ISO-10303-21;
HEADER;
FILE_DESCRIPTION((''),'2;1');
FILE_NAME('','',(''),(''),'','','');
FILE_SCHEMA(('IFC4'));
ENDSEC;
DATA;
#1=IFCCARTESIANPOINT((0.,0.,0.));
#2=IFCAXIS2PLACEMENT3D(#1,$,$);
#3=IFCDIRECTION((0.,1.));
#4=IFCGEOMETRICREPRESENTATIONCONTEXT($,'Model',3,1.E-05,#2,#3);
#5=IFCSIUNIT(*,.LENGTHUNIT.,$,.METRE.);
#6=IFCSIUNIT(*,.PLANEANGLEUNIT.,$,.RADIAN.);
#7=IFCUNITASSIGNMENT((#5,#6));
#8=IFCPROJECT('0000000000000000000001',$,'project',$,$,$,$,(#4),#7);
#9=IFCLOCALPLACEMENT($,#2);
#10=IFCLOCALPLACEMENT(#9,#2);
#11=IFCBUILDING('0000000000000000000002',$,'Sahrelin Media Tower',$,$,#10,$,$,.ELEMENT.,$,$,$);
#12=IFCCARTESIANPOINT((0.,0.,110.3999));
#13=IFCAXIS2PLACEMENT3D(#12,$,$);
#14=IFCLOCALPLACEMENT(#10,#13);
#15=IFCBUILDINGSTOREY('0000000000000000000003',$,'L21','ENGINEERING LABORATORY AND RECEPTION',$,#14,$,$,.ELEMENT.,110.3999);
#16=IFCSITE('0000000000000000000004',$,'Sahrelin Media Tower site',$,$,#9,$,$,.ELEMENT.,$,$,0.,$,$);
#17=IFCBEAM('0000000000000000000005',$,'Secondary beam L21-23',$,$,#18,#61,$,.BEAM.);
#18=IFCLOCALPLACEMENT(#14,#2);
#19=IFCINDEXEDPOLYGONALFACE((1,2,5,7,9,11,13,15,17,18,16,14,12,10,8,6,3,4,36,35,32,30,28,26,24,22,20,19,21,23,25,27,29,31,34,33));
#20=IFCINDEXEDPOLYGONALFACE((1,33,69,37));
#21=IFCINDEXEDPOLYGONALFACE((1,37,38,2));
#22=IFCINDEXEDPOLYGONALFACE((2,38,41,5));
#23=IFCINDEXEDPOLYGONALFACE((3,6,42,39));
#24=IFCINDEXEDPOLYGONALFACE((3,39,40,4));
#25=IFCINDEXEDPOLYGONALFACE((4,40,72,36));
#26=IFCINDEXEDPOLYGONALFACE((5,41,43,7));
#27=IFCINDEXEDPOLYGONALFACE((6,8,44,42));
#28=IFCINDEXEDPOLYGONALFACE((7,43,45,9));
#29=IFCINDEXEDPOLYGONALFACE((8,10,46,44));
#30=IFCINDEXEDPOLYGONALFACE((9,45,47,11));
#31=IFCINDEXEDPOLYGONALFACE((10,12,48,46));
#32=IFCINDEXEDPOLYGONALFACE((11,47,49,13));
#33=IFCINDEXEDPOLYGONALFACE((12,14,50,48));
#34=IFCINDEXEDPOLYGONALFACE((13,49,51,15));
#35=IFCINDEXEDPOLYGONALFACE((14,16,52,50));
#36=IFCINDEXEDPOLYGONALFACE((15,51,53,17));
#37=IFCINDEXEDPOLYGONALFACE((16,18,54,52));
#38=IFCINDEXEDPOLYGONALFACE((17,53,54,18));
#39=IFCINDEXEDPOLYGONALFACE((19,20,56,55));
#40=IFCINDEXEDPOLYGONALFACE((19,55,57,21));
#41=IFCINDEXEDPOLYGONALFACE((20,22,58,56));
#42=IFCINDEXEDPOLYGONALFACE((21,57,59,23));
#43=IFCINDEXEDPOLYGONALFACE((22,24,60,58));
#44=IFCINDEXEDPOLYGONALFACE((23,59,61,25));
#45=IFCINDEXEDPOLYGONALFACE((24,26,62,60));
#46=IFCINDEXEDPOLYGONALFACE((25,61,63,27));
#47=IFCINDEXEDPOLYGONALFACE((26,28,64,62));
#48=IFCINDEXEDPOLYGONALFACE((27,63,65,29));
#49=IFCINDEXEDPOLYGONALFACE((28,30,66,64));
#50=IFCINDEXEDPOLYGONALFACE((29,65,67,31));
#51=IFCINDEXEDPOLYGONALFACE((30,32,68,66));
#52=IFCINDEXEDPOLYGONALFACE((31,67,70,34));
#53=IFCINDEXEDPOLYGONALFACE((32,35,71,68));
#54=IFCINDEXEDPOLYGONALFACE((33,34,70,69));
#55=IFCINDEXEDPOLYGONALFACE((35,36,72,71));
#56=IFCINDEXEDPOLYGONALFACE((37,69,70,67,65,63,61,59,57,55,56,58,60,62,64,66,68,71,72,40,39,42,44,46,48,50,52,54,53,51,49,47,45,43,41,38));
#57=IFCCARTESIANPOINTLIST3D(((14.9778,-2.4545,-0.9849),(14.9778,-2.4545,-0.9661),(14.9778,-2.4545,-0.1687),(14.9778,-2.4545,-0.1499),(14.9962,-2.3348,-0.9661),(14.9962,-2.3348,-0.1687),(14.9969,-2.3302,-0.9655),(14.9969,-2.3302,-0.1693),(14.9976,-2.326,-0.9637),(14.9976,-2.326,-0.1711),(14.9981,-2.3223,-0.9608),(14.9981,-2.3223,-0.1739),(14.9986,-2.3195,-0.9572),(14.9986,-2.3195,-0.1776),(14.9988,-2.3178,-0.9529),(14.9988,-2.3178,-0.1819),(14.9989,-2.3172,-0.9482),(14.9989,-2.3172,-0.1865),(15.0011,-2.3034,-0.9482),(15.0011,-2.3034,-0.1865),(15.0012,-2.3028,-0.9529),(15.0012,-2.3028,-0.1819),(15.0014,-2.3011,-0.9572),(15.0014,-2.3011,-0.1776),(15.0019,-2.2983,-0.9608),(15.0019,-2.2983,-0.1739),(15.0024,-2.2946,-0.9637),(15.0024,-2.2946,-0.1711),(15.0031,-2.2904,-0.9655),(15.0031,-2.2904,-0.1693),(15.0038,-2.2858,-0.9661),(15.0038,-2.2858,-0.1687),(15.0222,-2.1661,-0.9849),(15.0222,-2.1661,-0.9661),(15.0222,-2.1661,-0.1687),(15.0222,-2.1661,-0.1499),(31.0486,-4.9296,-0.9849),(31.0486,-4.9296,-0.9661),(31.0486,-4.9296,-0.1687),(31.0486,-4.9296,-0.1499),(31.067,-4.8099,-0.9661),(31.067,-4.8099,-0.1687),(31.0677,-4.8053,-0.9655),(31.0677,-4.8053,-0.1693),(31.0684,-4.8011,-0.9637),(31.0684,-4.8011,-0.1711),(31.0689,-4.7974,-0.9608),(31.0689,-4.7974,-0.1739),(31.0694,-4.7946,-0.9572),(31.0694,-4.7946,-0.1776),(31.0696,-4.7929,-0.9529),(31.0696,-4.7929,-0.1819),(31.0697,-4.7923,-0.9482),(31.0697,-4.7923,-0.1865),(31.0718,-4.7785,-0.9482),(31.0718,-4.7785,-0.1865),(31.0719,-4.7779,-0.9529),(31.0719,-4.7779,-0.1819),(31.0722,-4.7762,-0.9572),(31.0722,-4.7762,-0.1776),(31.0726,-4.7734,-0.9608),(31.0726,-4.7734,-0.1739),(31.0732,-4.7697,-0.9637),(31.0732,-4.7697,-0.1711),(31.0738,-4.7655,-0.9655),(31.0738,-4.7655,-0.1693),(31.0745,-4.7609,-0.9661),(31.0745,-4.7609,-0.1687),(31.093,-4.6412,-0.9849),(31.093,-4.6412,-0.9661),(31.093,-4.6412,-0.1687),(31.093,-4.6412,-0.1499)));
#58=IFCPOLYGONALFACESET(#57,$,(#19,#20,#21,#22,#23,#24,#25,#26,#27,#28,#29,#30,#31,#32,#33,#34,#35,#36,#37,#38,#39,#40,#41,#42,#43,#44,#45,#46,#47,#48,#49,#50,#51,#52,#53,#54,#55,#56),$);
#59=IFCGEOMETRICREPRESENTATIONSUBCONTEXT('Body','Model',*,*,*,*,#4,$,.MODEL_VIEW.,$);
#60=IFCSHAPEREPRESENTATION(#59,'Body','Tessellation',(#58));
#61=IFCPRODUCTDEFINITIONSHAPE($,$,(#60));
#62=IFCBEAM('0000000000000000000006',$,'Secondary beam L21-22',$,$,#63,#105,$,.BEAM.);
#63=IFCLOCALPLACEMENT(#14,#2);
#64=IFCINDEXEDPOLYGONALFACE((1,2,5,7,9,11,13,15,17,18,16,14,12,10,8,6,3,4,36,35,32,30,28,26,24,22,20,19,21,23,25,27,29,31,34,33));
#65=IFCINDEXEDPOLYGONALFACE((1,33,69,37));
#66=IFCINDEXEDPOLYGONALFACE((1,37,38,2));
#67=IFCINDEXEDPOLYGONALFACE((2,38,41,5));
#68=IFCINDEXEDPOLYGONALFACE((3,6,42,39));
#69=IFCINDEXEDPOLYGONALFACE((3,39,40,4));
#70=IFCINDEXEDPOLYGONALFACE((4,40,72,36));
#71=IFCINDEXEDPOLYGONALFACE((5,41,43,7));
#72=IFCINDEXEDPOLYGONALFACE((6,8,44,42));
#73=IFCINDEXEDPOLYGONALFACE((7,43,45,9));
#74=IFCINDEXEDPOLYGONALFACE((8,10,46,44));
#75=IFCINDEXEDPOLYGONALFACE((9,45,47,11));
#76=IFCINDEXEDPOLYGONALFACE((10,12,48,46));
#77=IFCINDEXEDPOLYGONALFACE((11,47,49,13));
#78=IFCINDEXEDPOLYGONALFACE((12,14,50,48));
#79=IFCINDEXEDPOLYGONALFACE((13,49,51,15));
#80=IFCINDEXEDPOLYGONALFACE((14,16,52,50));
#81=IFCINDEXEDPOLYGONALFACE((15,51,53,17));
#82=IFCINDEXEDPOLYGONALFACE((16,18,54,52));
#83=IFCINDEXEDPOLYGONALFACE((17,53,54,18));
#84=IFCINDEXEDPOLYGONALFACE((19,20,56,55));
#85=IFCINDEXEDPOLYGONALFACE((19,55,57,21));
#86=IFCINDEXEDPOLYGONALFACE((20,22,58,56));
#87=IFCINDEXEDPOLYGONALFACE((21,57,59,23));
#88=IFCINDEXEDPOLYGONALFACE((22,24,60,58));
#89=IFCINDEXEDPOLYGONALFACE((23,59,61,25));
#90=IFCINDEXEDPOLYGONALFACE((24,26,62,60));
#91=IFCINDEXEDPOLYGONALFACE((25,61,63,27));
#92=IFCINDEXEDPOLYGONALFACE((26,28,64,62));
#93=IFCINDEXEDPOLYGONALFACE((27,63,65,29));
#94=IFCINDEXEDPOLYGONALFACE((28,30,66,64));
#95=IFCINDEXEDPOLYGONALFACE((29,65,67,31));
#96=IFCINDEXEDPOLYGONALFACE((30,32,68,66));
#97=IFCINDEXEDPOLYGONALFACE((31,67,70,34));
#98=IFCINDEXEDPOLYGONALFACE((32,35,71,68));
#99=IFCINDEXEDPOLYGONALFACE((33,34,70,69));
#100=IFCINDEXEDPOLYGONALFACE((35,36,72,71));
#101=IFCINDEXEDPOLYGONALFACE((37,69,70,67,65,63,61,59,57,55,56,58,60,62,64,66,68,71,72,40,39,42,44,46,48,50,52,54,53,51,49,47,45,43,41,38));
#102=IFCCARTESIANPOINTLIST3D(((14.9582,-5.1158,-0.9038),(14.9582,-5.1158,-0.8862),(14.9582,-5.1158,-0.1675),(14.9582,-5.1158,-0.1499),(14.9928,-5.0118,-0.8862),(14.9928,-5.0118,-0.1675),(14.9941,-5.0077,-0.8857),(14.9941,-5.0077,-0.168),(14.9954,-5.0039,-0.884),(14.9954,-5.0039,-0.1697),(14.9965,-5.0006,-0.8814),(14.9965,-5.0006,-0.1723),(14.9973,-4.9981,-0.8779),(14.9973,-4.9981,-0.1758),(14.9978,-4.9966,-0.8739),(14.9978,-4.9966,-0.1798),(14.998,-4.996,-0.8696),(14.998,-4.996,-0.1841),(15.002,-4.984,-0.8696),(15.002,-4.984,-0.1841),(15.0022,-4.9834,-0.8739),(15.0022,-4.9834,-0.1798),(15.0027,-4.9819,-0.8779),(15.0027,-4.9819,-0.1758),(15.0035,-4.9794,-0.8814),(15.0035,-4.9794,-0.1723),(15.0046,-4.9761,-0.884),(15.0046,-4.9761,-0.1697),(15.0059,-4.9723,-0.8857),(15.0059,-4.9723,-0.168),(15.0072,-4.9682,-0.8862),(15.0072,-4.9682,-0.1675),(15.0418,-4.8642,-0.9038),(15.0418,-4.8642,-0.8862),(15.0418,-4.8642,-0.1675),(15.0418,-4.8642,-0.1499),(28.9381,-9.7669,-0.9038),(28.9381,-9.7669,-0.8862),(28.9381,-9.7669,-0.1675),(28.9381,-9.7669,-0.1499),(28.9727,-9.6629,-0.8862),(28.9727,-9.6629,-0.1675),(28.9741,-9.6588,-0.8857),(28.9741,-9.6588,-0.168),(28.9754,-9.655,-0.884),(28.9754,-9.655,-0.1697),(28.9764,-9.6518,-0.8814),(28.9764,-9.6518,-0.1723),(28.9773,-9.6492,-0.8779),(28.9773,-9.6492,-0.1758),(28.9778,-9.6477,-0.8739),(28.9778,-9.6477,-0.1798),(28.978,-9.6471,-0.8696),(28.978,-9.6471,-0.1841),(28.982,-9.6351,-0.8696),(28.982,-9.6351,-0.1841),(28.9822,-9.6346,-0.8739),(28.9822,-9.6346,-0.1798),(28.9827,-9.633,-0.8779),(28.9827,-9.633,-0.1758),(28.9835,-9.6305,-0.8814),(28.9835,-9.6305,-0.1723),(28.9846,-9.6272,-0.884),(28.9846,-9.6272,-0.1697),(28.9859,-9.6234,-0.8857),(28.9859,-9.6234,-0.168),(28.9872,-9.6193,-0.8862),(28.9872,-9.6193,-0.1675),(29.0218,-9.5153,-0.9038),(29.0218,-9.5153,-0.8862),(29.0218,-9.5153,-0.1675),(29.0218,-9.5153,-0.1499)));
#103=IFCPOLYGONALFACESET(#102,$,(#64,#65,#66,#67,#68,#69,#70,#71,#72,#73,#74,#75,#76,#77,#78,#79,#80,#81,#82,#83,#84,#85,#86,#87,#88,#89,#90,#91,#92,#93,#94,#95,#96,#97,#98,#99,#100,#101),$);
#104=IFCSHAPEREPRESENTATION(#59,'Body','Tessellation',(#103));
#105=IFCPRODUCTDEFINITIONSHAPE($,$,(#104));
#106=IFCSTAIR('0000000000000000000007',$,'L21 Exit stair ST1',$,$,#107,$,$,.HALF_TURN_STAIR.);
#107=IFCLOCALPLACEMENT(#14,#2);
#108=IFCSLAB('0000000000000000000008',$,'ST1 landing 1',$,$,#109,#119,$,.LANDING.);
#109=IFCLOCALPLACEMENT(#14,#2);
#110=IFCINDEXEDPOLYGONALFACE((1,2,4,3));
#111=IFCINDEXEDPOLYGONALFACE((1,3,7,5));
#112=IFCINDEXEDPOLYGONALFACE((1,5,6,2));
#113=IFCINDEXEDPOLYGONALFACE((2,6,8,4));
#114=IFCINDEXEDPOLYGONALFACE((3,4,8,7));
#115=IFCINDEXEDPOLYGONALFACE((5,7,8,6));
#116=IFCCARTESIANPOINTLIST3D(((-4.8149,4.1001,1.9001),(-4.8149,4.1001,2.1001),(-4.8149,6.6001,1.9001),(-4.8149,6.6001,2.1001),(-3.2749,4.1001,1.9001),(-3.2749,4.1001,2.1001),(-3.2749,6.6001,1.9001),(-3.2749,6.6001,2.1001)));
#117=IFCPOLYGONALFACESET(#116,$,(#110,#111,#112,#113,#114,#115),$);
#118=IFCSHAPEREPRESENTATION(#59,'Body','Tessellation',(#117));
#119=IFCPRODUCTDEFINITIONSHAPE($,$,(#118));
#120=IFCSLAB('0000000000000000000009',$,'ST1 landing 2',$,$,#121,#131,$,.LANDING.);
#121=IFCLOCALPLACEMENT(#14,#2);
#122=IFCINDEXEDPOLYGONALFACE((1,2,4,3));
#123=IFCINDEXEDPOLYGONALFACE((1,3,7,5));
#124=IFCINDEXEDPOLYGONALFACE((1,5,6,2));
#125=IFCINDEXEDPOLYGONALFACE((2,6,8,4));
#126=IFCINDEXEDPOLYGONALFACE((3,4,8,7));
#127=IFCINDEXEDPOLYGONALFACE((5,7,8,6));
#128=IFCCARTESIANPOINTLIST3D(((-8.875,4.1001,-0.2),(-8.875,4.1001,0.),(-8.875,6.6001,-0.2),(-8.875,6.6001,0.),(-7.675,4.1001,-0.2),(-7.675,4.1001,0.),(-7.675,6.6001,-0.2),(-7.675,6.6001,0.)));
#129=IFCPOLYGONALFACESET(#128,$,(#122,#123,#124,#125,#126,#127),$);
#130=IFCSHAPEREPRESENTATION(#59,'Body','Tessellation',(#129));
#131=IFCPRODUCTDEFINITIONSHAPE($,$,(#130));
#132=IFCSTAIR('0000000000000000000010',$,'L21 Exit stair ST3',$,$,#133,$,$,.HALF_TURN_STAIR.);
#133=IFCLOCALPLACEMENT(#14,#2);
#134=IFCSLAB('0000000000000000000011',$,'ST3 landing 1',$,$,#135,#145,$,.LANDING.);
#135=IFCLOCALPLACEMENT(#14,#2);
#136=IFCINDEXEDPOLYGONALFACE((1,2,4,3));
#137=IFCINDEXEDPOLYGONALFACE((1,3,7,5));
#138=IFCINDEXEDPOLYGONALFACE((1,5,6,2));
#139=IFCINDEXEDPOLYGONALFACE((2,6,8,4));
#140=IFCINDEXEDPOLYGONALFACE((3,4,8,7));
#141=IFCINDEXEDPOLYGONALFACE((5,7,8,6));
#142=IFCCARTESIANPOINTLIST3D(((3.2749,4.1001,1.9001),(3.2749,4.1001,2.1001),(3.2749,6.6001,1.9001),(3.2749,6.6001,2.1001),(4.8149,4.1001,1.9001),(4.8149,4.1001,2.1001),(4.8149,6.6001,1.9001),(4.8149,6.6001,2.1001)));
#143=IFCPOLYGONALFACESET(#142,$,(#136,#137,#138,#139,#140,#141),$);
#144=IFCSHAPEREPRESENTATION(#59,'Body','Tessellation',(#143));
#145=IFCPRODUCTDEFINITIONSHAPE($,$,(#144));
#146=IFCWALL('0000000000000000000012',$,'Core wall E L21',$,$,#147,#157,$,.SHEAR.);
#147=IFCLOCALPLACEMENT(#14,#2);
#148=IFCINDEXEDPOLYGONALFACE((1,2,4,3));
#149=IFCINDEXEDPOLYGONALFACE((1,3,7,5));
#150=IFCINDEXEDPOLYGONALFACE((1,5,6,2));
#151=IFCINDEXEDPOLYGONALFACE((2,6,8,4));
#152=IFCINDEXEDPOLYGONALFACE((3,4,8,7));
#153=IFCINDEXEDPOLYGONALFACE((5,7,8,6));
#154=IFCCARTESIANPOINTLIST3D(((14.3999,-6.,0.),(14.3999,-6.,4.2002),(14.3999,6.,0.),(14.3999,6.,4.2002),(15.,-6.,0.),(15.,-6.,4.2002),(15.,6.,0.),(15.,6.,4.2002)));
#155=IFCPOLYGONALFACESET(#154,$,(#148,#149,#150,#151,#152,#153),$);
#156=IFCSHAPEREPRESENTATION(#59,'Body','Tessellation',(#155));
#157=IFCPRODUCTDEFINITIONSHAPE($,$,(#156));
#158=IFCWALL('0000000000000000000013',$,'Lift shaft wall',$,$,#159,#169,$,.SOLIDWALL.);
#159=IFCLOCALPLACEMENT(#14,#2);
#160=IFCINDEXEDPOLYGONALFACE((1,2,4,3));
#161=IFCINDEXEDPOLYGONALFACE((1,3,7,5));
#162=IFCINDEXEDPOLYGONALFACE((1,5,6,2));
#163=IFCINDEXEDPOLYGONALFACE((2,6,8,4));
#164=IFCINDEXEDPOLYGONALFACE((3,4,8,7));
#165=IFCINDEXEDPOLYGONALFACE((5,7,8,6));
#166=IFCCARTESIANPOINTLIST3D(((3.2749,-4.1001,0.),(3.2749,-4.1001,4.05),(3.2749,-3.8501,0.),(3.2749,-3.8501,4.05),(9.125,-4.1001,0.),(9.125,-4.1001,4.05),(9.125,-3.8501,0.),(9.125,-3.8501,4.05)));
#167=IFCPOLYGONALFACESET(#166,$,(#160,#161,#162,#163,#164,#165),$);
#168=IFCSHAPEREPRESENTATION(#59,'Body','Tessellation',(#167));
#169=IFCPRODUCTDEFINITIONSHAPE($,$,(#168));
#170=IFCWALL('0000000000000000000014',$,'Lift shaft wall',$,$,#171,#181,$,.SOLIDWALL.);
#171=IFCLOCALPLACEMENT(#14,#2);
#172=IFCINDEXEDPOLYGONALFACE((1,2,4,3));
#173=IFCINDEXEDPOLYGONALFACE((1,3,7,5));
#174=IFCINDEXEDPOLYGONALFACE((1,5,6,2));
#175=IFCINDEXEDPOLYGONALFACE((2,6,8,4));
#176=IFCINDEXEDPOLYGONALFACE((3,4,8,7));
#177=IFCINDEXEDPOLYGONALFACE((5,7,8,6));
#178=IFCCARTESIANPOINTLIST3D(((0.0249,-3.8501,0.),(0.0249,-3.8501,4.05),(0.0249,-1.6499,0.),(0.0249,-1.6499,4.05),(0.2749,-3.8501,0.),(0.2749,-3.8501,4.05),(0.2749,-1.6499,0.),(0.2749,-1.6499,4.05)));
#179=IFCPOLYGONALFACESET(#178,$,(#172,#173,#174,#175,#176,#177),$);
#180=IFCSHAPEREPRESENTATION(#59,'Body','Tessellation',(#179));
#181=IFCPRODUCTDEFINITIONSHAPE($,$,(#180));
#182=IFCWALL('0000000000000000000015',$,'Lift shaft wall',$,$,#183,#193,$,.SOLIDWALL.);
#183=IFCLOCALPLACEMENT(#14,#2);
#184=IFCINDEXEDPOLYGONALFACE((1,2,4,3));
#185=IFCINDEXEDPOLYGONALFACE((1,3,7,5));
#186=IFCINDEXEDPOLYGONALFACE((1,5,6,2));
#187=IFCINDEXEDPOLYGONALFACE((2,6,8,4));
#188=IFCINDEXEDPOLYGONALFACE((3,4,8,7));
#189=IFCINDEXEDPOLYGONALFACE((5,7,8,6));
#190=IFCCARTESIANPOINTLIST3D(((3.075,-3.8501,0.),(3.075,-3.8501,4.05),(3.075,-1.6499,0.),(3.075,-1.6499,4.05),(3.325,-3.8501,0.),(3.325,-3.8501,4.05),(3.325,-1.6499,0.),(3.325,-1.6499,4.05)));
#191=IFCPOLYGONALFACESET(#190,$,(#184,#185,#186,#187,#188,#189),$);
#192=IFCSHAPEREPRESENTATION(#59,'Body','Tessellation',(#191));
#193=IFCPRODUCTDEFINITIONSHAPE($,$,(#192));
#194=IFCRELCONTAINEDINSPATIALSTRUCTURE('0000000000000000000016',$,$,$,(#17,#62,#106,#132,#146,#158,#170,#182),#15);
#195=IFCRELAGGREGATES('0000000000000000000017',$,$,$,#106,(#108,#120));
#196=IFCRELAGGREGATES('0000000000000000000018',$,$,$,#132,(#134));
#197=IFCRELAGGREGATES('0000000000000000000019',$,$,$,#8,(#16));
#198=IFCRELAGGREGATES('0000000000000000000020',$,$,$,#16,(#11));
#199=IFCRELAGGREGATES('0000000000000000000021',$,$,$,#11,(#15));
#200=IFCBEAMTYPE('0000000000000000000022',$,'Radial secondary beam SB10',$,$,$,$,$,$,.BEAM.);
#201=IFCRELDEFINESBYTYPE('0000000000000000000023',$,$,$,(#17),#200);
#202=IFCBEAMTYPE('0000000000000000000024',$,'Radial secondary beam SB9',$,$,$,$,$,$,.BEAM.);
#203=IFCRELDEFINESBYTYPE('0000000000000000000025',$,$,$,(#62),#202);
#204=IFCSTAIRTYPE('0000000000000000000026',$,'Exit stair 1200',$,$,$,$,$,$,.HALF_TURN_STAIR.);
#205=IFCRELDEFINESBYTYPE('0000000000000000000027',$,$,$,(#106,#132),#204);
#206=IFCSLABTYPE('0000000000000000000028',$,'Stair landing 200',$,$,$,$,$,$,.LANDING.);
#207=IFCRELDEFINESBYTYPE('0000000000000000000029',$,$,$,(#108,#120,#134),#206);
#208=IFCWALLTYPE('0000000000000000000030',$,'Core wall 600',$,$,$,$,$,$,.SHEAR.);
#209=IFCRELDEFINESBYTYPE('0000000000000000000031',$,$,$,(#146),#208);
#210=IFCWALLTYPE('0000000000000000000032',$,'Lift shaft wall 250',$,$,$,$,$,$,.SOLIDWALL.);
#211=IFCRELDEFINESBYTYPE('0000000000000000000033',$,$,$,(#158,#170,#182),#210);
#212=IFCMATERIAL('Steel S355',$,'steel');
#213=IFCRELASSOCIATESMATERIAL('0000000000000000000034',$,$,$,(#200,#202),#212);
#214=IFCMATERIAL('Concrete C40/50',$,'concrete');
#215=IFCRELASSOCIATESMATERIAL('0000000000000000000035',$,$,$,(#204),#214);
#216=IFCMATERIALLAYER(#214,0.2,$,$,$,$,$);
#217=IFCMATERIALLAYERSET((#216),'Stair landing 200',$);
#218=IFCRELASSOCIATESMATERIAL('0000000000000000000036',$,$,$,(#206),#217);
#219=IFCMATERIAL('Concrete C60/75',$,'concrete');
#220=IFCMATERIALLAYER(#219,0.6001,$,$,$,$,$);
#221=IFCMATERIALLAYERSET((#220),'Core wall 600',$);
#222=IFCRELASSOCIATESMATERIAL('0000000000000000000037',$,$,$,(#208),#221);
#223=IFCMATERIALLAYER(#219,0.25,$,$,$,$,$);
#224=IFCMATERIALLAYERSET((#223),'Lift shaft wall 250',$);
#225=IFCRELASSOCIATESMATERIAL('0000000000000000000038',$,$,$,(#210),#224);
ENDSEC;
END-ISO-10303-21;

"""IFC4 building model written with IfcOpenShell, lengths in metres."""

from ifc_helpers import new_model, si_unit, direction, frame, frame_2d, origin, origin_2d, place, context, subcontext, project, spatial, polyline, rectangle, i_section, outline, extrude, material, layer, layer_set, material_profile, profile_set, type_object, element, aggregate, save


model = new_model("IFC4")

# Units and contexts
model_context = context("Model", 3, precision=1e-05, world=origin(), true_north=direction((0.0, 1.0)))
body_context = subcontext(model_context, "Body", "Model", "MODEL_VIEW")
ifc_project = project(units=[si_unit("LENGTHUNIT", "METRE"), si_unit("PLANEANGLEUNIT", "RADIAN")], contexts=[model_context])

# Site, building, storey
site_placement = place(None, origin())
site = spatial("IfcSite", under=ifc_project, at=site_placement, Name="Sahrelin Media Tower site", CompositionType="ELEMENT", RefElevation=0.0)
building_placement = place(site_placement, origin())
building = spatial("IfcBuilding", under=site, at=building_placement, Name="Sahrelin Media Tower", CompositionType="ELEMENT")
storey_placement = place(building_placement, frame((0.0, 0.0, 110.3999)))
storey = spatial("IfcBuildingStorey", under=building, at=storey_placement, Name="L21", Description="ENGINEERING LABORATORY AND RECEPTION", CompositionType="ELEMENT", Elevation=110.3999)

# Beams
ifc_material_1 = material(Name="Steel S355", Category="steel")
ifc_material_profile_1 = material_profile(ifc_material_1, i_section(OverallWidth=0.2917, OverallDepth=0.835, WebThickness=0.0139, FlangeThickness=0.0188, FilletRadius=0.0178, at=origin_2d()), Name="UB 838x292x176")
ifc_profile_set_1 = profile_set([ifc_material_profile_1], Name="Steel S355")
beam_type_1 = type_object("IfcBeamType", Name="Radial secondary beam SB10", PredefinedType="BEAM", material=ifc_profile_set_1)
beam_1_placement = place(storey_placement, frame((15.0, -2.3103, -0.5674), z_axis=(0.988347, -0.152217, 0.0), x_axis=(0.152217, 0.988347, 0.0)))
element("IfcBeam", 1, at=beam_1_placement, inside=storey, type_object=beam_type_1, Name="Secondary beam L21-23", PredefinedType="BEAM", context=body_context, shape_type="SweptSolid", body=[
    extrude(i_section(OverallWidth=0.2917, OverallDepth=0.835, WebThickness=0.0139, FlangeThickness=0.0188, FilletRadius=0.0178, at=origin_2d()), origin(), (0.0, 0.0, 1.0), 16.2603),
])
ifc_material_profile_2 = material_profile(ifc_material_1, i_section(OverallWidth=0.2651, OverallDepth=0.7539, WebThickness=0.0127, FlangeThickness=0.0176, FilletRadius=0.0166, at=origin_2d()), Name="UB 762x267x147")
ifc_profile_set_2 = profile_set([ifc_material_profile_2], Name="Steel S355")
beam_type_2 = type_object("IfcBeamType", Name="Radial secondary beam SB9", PredefinedType="BEAM", material=ifc_profile_set_2)
beam_2_placement = place(storey_placement, frame((15.0, -4.99, -0.5269), z_axis=(0.948864, -0.315686, 0.0), x_axis=(0.315686, 0.948864, 0.0)))
element("IfcBeam", 2, at=beam_2_placement, inside=storey, type_object=beam_type_2, Name="Secondary beam L21-22", PredefinedType="BEAM", context=body_context, shape_type="SweptSolid", body=[
    extrude(i_section(OverallWidth=0.2651, OverallDepth=0.7539, WebThickness=0.0127, FlangeThickness=0.0176, FilletRadius=0.0166, at=origin_2d()), origin(), (0.0, 0.0, 1.0), 14.7334),
])

# Stair, slabs
ifc_material_2 = material(Name="Concrete C40/50", Category="concrete")
stair_type = type_object("IfcStairType", Name="Exit stair 1200", PredefinedType="HALF_TURN_STAIR", material=ifc_material_2)
placement_1 = place(storey_placement, origin())
stair_1 = element("IfcStair", 3, at=placement_1, inside=storey, type_object=stair_type, Name="L21 Exit stair ST1", PredefinedType="HALF_TURN_STAIR")
ifc_layer_1 = layer(ifc_material_2, 0.2)
ifc_layer_set_1 = layer_set([ifc_layer_1], Name="Stair landing 200")
slab_type = type_object("IfcSlabType", Name="Stair landing 200", PredefinedType="LANDING", material=ifc_layer_set_1)
placement_2 = place(storey_placement, frame((0.0, 0.0, 1.9001)))
slab_1 = element("IfcSlab", 4, at=placement_2, type_object=slab_type, Name="ST1 landing 1", PredefinedType="LANDING", context=body_context, shape_type="SweptSolid", body=[
    extrude(outline(polyline([(-4.8149, 4.1001), (-3.2749, 4.1001), (-3.2749, 6.6001), (-4.8149, 6.6001), (-4.8149, 4.1001)])), origin(), (0.0, 0.0, 1.0), 0.2),
])
slab_2_placement = place(storey_placement, frame((0.0, 0.0, -0.2)))
slab_2 = element("IfcSlab", 5, at=slab_2_placement, type_object=slab_type, Name="ST1 landing 2", PredefinedType="LANDING", context=body_context, shape_type="SweptSolid", body=[
    extrude(outline(polyline([(-8.875, 4.1001), (-7.675, 4.1001), (-7.675, 6.6001), (-8.875, 6.6001), (-8.875, 4.1001)])), origin(), (0.0, 0.0, 1.0), 0.2),
])
aggregate(stair_1, [slab_1, slab_2])

# Stair, slab
stair_2 = element("IfcStair", 6, at=placement_1, inside=storey, type_object=stair_type, Name="L21 Exit stair ST3", PredefinedType="HALF_TURN_STAIR")
slab_3 = element("IfcSlab", 7, at=placement_2, type_object=slab_type, Name="ST3 landing 1", PredefinedType="LANDING", context=body_context, shape_type="SweptSolid", body=[
    extrude(outline(polyline([(4.8149, 6.6001), (3.2749, 6.6001), (3.2749, 4.1001), (4.8149, 4.1001), (4.8149, 6.6001)])), origin(), (0.0, 0.0, 1.0), 0.2),
])
aggregate(stair_2, [slab_3])

# Walls
ifc_material_3 = material(Name="Concrete C60/75", Category="concrete")
ifc_layer_2 = layer(ifc_material_3, 0.6001)
ifc_layer_set_2 = layer_set([ifc_layer_2], Name="Core wall 600")
wall_type_1 = type_object("IfcWallType", Name="Core wall 600", PredefinedType="SHEAR", material=ifc_layer_set_2)
wall_1_placement = place(storey_placement, frame((14.7, -6.0, 0.0), z_axis=(0.0, 0.0, 1.0), x_axis=(0.0, 1.0, 0.0)))
element("IfcWall", 8, at=wall_1_placement, inside=storey, type_object=wall_type_1, Name="Core wall E L21", PredefinedType="SHEAR", context=body_context, shape_type="SweptSolid", body=[
    extrude(rectangle(XDim=12.0, YDim=0.6001, at=frame_2d((6.0, 0.0))), origin(), (0.0, 0.0, 1.0), 4.2002),
])
ifc_layer_3 = layer(ifc_material_3, 0.25)
ifc_layer_set_3 = layer_set([ifc_layer_3], Name="Lift shaft wall 250")
wall_type_2 = type_object("IfcWallType", Name="Lift shaft wall 250", PredefinedType="SOLIDWALL", material=ifc_layer_set_3)
wall_2_placement = place(storey_placement, frame((3.2749, -3.9751, 0.0), z_axis=(0.0, 0.0, 1.0), x_axis=(1.0, 0.0, 0.0)))
element("IfcWall", 9, at=wall_2_placement, inside=storey, type_object=wall_type_2, Name="Lift shaft wall", PredefinedType="SOLIDWALL", context=body_context, shape_type="SweptSolid", body=[
    extrude(rectangle(XDim=5.8501, YDim=0.25, at=frame_2d((2.925, 0.0))), origin(), (0.0, 0.0, 1.0), 4.05),
])
for number, where, z_axis, x_axis, name in (
    (10, (0.1499, -3.8501, 0.0), (0.0, 0.0, 1.0), (0.0, 1.0, 0.0), "Lift shaft wall"),
    (11, (3.2, -3.8501, 0.0), (0.0, 0.0, 1.0), (0.0, 1.0, 0.0), "Lift shaft wall"),
):
    element("IfcWall", number, at=place(storey_placement, frame(where, z_axis=z_axis, x_axis=x_axis)), inside=storey, type_object=wall_type_2, Name=name, PredefinedType="SOLIDWALL", context=body_context, shape_type="SweptSolid", body=[
        extrude(rectangle(XDim=2.2002, YDim=0.25, at=frame_2d((1.1001, 0.0))), origin(), (0.0, 0.0, 1.0), 4.05),
    ])

save(model, "model.ifc")
